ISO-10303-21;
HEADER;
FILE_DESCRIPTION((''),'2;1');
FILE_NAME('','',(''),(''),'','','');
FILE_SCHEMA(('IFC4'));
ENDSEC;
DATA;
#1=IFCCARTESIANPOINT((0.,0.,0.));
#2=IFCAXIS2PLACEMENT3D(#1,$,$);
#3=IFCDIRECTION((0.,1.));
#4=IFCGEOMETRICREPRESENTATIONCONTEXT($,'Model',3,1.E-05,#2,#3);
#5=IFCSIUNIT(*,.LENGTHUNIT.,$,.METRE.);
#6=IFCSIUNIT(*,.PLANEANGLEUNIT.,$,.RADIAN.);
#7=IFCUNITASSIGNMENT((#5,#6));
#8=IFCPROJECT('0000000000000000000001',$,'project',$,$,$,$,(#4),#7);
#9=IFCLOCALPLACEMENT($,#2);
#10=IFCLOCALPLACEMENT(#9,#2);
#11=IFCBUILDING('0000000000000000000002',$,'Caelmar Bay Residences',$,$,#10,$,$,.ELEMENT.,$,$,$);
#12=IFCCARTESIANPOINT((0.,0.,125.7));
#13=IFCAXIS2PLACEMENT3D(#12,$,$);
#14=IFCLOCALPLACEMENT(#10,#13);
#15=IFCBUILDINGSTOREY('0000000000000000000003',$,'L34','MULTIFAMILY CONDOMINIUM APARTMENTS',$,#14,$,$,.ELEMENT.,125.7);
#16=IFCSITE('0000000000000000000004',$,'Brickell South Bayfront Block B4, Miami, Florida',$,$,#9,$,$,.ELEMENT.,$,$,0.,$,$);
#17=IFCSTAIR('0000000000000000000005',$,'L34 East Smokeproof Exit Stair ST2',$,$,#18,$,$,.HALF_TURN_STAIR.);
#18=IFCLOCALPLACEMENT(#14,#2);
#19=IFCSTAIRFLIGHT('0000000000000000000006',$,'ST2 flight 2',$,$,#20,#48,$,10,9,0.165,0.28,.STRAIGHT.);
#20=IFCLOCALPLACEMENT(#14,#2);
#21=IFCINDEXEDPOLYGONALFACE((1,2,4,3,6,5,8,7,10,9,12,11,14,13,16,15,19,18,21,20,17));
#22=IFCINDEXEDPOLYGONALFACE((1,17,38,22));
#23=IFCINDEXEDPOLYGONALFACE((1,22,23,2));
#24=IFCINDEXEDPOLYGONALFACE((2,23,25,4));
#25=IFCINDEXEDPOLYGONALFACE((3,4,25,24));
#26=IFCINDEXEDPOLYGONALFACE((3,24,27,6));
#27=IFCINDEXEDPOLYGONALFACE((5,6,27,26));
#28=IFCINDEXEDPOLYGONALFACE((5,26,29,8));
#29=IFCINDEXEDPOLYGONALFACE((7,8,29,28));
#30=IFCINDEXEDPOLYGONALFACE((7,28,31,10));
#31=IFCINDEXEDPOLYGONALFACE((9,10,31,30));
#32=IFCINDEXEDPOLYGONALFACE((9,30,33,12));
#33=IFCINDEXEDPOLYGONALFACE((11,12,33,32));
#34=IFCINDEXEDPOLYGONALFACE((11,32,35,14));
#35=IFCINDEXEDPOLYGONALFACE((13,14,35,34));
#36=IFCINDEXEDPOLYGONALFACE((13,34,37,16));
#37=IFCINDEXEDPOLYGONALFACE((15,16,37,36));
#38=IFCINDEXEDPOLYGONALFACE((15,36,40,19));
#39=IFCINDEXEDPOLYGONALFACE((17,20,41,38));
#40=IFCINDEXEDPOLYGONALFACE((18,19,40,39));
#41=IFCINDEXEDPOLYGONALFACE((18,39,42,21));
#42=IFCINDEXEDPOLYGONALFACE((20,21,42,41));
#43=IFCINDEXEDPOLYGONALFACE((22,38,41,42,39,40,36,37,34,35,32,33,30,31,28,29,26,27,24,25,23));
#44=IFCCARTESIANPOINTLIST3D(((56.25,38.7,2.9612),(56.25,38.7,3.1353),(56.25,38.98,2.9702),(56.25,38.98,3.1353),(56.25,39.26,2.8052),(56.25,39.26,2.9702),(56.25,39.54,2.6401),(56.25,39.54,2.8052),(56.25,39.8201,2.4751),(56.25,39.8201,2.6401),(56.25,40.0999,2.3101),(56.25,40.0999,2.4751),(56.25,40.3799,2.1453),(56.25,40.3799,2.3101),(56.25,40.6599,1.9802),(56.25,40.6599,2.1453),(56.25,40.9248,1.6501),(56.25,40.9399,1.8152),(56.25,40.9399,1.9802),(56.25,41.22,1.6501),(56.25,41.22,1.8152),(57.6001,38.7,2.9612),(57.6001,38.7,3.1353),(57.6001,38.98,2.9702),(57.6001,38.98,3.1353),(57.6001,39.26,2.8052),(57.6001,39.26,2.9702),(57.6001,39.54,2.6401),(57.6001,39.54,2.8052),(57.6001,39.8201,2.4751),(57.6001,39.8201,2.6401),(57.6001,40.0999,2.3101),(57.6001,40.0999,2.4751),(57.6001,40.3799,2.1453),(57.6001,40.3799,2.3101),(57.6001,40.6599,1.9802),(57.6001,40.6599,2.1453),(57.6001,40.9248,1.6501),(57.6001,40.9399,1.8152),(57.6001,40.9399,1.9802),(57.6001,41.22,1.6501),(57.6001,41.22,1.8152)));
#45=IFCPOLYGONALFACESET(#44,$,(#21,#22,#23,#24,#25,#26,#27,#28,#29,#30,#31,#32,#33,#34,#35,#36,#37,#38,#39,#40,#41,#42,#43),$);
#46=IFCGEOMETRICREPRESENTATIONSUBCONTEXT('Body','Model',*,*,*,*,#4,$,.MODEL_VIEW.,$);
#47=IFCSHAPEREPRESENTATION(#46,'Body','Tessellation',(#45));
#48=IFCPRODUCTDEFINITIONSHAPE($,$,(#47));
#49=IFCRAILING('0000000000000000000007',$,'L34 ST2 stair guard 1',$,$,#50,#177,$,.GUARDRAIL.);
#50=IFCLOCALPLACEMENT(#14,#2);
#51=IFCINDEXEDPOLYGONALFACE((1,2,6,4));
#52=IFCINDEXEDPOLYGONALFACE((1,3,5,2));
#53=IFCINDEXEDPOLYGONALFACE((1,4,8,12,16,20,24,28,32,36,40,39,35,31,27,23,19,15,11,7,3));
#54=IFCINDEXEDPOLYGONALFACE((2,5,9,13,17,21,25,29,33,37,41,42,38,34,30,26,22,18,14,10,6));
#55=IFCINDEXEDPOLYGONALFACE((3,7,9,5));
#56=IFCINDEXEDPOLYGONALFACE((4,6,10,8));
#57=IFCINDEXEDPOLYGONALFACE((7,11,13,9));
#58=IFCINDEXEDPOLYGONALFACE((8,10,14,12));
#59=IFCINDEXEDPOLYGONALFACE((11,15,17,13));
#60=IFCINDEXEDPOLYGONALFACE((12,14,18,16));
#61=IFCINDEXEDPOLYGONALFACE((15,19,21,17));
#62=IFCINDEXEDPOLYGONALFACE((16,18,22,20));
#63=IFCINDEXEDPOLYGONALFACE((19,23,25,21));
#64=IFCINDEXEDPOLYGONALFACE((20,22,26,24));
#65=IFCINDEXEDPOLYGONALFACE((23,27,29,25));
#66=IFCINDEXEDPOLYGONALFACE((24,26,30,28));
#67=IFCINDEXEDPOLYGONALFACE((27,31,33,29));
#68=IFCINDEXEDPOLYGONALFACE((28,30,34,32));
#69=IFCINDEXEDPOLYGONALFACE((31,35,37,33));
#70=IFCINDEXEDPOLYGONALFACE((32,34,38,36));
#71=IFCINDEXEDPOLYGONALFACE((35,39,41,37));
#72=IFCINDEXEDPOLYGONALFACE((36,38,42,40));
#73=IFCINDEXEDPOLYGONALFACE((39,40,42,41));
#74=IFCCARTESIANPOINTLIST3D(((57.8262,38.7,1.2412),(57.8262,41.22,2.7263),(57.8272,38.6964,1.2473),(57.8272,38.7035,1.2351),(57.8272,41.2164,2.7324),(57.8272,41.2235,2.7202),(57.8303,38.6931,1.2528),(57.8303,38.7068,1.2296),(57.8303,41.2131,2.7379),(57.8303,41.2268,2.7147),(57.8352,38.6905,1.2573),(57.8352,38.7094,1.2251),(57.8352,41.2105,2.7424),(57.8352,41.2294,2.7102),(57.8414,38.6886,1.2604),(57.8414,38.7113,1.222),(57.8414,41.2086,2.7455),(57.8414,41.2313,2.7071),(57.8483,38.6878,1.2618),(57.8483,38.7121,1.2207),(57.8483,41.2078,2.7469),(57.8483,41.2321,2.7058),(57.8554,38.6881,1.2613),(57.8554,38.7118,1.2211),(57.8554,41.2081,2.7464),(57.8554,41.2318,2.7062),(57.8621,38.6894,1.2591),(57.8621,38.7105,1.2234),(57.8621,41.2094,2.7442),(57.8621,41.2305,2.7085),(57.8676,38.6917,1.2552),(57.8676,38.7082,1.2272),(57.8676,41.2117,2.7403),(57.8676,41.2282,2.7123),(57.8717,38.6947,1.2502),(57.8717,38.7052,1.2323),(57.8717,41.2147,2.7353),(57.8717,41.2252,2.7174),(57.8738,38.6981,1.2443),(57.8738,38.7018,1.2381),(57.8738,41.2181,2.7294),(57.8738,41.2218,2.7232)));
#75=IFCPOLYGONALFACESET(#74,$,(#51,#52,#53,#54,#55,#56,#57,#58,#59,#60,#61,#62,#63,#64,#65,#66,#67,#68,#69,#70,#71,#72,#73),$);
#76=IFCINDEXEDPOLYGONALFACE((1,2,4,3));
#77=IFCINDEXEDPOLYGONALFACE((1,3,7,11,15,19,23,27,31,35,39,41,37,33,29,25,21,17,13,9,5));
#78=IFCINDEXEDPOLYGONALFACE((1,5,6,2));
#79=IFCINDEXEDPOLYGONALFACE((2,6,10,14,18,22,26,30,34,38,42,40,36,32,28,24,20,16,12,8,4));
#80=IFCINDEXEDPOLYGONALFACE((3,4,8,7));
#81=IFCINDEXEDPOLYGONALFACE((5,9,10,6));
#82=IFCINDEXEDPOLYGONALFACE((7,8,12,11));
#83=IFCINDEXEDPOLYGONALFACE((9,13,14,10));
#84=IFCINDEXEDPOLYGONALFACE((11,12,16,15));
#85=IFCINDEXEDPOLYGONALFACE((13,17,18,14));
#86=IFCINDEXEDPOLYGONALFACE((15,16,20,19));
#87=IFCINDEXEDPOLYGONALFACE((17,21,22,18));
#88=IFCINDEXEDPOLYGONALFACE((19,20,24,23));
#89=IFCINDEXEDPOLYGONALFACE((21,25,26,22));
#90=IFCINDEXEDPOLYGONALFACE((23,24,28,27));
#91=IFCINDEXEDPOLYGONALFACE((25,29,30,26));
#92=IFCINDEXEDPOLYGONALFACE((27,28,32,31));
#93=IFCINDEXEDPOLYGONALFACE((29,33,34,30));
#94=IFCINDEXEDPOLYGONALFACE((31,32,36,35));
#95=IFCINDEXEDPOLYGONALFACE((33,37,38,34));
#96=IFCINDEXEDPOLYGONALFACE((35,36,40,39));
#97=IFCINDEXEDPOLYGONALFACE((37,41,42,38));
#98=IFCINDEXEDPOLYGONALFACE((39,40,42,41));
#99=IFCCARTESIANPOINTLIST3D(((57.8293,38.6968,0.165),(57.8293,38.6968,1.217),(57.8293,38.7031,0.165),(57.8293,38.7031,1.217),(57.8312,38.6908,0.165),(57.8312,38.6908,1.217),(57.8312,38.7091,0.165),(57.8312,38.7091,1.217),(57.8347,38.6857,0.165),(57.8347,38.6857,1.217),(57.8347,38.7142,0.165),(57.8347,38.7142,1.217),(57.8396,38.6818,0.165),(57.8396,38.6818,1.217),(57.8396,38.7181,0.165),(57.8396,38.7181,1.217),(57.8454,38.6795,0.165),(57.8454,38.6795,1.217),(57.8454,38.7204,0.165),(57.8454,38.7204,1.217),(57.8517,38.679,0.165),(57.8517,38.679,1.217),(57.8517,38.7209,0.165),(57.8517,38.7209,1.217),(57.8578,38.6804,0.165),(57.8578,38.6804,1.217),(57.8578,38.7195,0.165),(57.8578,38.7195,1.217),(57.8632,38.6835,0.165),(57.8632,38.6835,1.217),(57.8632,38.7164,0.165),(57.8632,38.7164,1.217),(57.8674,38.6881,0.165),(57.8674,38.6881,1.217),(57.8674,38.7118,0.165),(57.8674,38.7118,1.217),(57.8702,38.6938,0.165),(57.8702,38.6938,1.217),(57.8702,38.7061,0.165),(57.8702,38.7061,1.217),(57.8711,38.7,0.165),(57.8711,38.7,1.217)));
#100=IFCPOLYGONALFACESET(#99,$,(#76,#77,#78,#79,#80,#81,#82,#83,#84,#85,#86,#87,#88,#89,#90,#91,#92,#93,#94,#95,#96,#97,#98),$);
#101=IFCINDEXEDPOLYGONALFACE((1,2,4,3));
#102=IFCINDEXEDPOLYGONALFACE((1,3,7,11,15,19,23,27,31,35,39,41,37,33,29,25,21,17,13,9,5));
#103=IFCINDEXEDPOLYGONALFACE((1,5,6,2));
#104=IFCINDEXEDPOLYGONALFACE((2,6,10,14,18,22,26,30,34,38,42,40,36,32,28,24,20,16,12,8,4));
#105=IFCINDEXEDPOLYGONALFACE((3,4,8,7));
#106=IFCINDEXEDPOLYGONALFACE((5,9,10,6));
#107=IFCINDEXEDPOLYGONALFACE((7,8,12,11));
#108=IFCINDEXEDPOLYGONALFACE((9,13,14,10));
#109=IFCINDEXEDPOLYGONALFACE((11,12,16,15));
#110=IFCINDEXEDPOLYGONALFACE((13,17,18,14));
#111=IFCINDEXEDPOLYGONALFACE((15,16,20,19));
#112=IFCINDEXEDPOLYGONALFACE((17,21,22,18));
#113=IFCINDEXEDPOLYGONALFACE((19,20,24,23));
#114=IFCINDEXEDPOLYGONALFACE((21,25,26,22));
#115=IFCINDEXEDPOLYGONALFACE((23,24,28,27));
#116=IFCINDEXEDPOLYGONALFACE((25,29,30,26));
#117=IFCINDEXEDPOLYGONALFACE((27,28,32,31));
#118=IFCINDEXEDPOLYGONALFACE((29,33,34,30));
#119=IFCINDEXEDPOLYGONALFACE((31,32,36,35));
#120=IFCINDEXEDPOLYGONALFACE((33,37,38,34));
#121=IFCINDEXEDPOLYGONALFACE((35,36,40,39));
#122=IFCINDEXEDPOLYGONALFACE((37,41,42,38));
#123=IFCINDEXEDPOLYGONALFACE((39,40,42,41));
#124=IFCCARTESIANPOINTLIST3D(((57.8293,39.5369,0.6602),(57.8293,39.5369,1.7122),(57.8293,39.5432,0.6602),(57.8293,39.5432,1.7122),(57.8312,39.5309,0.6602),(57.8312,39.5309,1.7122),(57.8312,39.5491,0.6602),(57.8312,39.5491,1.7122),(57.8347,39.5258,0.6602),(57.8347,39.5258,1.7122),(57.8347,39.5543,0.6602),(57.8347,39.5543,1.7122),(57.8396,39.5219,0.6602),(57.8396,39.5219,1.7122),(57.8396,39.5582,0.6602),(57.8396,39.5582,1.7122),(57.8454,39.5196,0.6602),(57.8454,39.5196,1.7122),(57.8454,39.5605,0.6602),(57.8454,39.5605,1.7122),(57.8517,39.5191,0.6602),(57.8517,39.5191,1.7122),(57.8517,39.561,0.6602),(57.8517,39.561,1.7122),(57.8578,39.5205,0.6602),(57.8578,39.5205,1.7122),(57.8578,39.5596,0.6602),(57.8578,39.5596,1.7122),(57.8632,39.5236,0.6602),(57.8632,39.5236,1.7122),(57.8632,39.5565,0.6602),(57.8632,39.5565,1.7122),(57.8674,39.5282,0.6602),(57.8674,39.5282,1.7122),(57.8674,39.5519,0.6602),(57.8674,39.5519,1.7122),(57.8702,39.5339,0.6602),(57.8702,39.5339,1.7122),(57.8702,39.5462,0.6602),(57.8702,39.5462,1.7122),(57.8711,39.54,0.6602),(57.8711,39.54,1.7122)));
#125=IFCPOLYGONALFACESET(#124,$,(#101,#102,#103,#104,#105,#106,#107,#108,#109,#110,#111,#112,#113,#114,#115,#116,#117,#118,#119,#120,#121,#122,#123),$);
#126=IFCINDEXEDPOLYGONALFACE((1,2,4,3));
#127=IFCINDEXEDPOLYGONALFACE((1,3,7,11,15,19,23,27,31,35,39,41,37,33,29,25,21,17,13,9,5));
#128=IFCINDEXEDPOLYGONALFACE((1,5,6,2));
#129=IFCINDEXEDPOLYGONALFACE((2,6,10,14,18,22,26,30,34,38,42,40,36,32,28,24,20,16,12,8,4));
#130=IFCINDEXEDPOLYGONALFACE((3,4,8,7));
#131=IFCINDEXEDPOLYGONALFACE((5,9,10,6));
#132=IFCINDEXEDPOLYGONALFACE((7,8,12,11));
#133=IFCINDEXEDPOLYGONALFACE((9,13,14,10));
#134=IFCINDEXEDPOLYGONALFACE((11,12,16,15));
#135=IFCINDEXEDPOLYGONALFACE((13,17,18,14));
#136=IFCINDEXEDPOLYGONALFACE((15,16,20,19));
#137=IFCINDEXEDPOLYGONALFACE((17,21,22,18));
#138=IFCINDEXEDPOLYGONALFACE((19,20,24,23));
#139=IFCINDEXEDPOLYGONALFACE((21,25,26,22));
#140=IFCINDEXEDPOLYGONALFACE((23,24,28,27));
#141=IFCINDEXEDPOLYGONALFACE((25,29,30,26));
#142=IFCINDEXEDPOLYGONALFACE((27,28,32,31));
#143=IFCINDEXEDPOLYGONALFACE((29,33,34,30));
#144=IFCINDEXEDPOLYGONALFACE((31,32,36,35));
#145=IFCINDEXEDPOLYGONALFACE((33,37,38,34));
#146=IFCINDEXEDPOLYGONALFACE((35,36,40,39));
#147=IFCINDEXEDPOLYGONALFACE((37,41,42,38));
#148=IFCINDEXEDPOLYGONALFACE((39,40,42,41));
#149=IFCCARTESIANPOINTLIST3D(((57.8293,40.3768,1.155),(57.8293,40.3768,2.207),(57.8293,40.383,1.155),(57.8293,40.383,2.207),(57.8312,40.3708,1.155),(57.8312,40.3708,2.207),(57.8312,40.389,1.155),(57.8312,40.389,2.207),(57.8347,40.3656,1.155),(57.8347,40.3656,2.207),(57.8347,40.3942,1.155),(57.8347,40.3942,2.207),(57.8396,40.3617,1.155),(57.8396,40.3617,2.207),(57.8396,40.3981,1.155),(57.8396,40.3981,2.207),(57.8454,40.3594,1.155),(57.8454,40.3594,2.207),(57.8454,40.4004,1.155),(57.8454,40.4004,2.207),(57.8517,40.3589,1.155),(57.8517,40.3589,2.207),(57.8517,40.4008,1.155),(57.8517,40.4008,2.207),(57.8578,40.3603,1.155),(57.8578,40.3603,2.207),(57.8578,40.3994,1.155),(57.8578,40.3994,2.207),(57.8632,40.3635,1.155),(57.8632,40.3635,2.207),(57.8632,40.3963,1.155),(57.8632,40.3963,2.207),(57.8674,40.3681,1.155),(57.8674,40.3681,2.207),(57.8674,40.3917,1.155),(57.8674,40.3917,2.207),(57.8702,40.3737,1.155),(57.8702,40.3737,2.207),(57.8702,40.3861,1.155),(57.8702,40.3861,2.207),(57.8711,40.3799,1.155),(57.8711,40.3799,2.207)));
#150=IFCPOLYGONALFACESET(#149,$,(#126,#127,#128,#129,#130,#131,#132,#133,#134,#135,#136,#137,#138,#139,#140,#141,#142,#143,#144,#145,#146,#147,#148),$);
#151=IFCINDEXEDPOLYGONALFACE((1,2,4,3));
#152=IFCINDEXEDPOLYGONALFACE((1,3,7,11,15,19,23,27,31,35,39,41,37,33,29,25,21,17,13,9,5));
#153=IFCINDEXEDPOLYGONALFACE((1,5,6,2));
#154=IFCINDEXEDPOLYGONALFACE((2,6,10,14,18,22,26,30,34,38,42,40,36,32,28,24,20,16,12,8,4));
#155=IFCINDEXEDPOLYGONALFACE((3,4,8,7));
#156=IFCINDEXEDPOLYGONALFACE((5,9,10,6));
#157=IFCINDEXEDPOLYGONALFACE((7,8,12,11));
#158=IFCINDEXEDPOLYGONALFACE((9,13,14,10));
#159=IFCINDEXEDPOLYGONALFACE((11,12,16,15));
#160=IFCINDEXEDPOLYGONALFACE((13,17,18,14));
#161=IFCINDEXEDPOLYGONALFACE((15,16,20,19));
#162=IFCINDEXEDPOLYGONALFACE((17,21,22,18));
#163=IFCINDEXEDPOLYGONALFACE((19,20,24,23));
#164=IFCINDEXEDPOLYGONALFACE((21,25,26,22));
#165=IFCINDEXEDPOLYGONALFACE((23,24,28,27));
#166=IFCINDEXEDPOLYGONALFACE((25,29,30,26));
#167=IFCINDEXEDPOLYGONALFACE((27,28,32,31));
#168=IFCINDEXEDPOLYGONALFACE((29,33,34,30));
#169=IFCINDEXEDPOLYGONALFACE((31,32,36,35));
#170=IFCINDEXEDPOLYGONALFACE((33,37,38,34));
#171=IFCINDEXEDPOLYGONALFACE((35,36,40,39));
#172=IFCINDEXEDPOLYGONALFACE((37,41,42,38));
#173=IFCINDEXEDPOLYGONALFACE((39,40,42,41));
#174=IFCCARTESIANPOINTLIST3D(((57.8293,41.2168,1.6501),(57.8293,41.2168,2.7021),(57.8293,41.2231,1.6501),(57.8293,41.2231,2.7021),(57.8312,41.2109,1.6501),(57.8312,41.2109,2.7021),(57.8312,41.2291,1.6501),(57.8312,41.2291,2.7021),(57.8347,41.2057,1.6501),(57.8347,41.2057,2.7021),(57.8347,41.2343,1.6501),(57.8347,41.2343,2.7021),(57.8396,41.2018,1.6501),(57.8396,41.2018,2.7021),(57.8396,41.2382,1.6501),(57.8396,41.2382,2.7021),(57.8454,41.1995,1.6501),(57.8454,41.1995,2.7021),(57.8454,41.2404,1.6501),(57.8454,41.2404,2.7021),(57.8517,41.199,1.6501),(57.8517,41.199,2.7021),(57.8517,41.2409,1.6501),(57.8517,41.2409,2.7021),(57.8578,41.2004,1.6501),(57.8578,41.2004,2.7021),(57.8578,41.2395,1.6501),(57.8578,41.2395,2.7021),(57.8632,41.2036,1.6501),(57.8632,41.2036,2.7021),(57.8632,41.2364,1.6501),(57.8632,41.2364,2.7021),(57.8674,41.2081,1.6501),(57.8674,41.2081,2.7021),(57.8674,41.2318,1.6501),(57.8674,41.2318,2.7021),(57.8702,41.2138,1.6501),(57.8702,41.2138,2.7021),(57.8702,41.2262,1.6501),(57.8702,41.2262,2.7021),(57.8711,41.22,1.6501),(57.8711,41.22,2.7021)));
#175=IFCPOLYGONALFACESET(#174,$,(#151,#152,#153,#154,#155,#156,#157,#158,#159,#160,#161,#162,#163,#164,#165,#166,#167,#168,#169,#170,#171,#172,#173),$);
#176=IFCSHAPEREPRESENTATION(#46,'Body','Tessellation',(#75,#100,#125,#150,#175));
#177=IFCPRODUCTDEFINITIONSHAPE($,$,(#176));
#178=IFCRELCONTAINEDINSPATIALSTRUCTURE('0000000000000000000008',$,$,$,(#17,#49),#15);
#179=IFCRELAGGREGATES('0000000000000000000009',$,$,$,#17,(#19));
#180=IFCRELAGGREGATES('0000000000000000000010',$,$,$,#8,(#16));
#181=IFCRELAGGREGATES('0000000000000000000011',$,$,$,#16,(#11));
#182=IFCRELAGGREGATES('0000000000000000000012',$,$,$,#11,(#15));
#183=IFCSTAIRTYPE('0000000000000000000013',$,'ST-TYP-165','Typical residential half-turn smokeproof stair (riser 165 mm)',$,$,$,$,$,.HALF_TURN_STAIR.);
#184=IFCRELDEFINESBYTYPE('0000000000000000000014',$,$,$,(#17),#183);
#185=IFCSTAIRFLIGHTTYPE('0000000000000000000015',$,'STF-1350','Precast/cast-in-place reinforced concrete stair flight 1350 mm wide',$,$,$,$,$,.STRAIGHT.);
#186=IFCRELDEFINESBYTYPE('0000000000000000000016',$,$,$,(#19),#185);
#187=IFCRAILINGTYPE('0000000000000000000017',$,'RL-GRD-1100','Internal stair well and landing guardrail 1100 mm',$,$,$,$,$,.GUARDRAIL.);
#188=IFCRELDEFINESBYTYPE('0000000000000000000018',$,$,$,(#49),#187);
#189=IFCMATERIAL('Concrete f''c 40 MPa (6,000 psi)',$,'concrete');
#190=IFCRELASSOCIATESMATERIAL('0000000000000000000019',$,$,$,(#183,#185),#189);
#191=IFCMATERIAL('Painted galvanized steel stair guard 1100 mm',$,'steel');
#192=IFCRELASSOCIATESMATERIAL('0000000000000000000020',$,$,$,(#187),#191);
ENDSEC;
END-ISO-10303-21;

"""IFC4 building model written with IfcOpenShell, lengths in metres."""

from ifc_helpers import new_model, si_unit, direction, frame, origin, origin_2d, place, context, subcontext, project, spatial, polyline, circle, outline, extrude, material, type_object, element, aggregate, save


model = new_model("IFC4")

# Units and contexts
model_context = context("Model", 3, precision=1e-05, world=origin(), true_north=direction((0.0, 1.0)))
body_context = subcontext(model_context, "Body", "Model", "MODEL_VIEW")
ifc_project = project(units=[si_unit("LENGTHUNIT", "METRE"), si_unit("PLANEANGLEUNIT", "RADIAN")], contexts=[model_context])

# Site, building, storey
site_placement = place(None, origin())
site = spatial("IfcSite", under=ifc_project, at=site_placement, Name="Brickell South Bayfront Block B4, Miami, Florida", CompositionType="ELEMENT", RefElevation=0.0)
building_placement = place(site_placement, origin())
building = spatial("IfcBuilding", under=site, at=building_placement, Name="Caelmar Bay Residences", CompositionType="ELEMENT")
storey_placement = place(building_placement, frame((0.0, 0.0, 125.7)))
storey = spatial("IfcBuildingStorey", under=building, at=storey_placement, Name="L34", Description="MULTIFAMILY CONDOMINIUM APARTMENTS", CompositionType="ELEMENT", Elevation=125.7)

# Stair, stair flight
ifc_material_1 = material(Name="Concrete f'c 40 MPa (6,000 psi)", Category="concrete")
stair_type = type_object("IfcStairType", Name="ST-TYP-165", Description="Typical residential half-turn smokeproof stair (riser 165 mm)", PredefinedType="HALF_TURN_STAIR", material=ifc_material_1)
stair_placement = place(storey_placement, origin())
stair = element("IfcStair", 1, at=stair_placement, inside=storey, type_object=stair_type, Name="L34 East Smokeproof Exit Stair ST2", PredefinedType="HALF_TURN_STAIR")
stair_flight_type = type_object("IfcStairFlightType", Name="STF-1350", Description="Precast/cast-in-place reinforced concrete stair flight 1350 mm wide", PredefinedType="STRAIGHT", material=ifc_material_1)
stair_flight_1_placement = place(storey_placement, frame((56.925, 41.22, 1.6501), z_axis=(0.0, 0.0, 1.0), x_axis=(0.0, -1.0, 0.0)))
stair_flight_1 = element("IfcStairFlight", 2, at=stair_flight_1_placement, type_object=stair_flight_type, Name="ST2 flight 2", NumberOfRisers=10, NumberOfTreads=9, PredefinedType="STRAIGHT", RiserHeight=0.165, TreadLength=0.28, context=body_context, shape_type="SweptSolid", body=[
    extrude(outline(polyline([(0.0, 0.0), (0.0, 0.165), (0.28, 0.165), (0.28, 0.3301), (0.5601, 0.3301), (0.5601, 0.4951), (0.8401, 0.4951), (0.8401, 0.6599), (1.1201, 0.6599), (1.1201, 0.825), (1.3999, 0.825), (1.3999, 0.99), (1.6799, 0.99), (1.6799, 1.155), (1.96, 1.155), (1.96, 1.3201), (2.24, 1.3201), (2.24, 1.4851), (2.52, 1.4851), (2.52, 1.6499), (2.52, 1.311), (0.2952, 0.0), (0.0, 0.0)])), frame((0.0, 0.675, 0.0), z_axis=(0.0, -1.0, 0.0), x_axis=(1.0, 0.0, 0.0)), (0.0, 0.0, 1.0), 1.3501),
])
aggregate(stair, [stair_flight_1])

# Railing
ifc_material_2 = material(Name="Painted galvanized steel stair guard 1100 mm", Category="steel")
railing_type_1 = type_object("IfcRailingType", Name="RL-GRD-1100", Description="Internal stair well and landing guardrail 1100 mm", PredefinedType="GUARDRAIL", material=ifc_material_2)
railing_1_placement = place(storey_placement, frame((57.8501, 38.7, 0.165)))
element("IfcRailing", 3, at=railing_1_placement, inside=storey, type_object=railing_type_1, Name="L34 ST2 stair guard 1", PredefinedType="GUARDRAIL", context=body_context, shape_type="SweptSolid", body=[
    extrude(circle(Radius=0.0239, at=origin_2d()), frame((0.0, 0.0, 1.0762), z_axis=(0.0, 0.861524, 0.507717), x_axis=(-1.0, 0.0, 0.0)), (0.0, 0.0, 1.0), 2.925),
    extrude(circle(Radius=0.021, at=origin_2d()), origin(), (0.0, 0.0, 1.0), 1.052),
    extrude(circle(Radius=0.021, at=origin_2d()), frame((0.0, 0.8401, 0.4951)), (0.0, 0.0, 1.0), 1.052),
    extrude(circle(Radius=0.021, at=origin_2d()), frame((0.0, 1.6799, 0.99)), (0.0, 0.0, 1.0), 1.052),
    extrude(circle(Radius=0.021, at=origin_2d()), frame((0.0, 2.52, 1.4851)), (0.0, 0.0, 1.0), 1.052),
])

save(model, "model.ifc")
